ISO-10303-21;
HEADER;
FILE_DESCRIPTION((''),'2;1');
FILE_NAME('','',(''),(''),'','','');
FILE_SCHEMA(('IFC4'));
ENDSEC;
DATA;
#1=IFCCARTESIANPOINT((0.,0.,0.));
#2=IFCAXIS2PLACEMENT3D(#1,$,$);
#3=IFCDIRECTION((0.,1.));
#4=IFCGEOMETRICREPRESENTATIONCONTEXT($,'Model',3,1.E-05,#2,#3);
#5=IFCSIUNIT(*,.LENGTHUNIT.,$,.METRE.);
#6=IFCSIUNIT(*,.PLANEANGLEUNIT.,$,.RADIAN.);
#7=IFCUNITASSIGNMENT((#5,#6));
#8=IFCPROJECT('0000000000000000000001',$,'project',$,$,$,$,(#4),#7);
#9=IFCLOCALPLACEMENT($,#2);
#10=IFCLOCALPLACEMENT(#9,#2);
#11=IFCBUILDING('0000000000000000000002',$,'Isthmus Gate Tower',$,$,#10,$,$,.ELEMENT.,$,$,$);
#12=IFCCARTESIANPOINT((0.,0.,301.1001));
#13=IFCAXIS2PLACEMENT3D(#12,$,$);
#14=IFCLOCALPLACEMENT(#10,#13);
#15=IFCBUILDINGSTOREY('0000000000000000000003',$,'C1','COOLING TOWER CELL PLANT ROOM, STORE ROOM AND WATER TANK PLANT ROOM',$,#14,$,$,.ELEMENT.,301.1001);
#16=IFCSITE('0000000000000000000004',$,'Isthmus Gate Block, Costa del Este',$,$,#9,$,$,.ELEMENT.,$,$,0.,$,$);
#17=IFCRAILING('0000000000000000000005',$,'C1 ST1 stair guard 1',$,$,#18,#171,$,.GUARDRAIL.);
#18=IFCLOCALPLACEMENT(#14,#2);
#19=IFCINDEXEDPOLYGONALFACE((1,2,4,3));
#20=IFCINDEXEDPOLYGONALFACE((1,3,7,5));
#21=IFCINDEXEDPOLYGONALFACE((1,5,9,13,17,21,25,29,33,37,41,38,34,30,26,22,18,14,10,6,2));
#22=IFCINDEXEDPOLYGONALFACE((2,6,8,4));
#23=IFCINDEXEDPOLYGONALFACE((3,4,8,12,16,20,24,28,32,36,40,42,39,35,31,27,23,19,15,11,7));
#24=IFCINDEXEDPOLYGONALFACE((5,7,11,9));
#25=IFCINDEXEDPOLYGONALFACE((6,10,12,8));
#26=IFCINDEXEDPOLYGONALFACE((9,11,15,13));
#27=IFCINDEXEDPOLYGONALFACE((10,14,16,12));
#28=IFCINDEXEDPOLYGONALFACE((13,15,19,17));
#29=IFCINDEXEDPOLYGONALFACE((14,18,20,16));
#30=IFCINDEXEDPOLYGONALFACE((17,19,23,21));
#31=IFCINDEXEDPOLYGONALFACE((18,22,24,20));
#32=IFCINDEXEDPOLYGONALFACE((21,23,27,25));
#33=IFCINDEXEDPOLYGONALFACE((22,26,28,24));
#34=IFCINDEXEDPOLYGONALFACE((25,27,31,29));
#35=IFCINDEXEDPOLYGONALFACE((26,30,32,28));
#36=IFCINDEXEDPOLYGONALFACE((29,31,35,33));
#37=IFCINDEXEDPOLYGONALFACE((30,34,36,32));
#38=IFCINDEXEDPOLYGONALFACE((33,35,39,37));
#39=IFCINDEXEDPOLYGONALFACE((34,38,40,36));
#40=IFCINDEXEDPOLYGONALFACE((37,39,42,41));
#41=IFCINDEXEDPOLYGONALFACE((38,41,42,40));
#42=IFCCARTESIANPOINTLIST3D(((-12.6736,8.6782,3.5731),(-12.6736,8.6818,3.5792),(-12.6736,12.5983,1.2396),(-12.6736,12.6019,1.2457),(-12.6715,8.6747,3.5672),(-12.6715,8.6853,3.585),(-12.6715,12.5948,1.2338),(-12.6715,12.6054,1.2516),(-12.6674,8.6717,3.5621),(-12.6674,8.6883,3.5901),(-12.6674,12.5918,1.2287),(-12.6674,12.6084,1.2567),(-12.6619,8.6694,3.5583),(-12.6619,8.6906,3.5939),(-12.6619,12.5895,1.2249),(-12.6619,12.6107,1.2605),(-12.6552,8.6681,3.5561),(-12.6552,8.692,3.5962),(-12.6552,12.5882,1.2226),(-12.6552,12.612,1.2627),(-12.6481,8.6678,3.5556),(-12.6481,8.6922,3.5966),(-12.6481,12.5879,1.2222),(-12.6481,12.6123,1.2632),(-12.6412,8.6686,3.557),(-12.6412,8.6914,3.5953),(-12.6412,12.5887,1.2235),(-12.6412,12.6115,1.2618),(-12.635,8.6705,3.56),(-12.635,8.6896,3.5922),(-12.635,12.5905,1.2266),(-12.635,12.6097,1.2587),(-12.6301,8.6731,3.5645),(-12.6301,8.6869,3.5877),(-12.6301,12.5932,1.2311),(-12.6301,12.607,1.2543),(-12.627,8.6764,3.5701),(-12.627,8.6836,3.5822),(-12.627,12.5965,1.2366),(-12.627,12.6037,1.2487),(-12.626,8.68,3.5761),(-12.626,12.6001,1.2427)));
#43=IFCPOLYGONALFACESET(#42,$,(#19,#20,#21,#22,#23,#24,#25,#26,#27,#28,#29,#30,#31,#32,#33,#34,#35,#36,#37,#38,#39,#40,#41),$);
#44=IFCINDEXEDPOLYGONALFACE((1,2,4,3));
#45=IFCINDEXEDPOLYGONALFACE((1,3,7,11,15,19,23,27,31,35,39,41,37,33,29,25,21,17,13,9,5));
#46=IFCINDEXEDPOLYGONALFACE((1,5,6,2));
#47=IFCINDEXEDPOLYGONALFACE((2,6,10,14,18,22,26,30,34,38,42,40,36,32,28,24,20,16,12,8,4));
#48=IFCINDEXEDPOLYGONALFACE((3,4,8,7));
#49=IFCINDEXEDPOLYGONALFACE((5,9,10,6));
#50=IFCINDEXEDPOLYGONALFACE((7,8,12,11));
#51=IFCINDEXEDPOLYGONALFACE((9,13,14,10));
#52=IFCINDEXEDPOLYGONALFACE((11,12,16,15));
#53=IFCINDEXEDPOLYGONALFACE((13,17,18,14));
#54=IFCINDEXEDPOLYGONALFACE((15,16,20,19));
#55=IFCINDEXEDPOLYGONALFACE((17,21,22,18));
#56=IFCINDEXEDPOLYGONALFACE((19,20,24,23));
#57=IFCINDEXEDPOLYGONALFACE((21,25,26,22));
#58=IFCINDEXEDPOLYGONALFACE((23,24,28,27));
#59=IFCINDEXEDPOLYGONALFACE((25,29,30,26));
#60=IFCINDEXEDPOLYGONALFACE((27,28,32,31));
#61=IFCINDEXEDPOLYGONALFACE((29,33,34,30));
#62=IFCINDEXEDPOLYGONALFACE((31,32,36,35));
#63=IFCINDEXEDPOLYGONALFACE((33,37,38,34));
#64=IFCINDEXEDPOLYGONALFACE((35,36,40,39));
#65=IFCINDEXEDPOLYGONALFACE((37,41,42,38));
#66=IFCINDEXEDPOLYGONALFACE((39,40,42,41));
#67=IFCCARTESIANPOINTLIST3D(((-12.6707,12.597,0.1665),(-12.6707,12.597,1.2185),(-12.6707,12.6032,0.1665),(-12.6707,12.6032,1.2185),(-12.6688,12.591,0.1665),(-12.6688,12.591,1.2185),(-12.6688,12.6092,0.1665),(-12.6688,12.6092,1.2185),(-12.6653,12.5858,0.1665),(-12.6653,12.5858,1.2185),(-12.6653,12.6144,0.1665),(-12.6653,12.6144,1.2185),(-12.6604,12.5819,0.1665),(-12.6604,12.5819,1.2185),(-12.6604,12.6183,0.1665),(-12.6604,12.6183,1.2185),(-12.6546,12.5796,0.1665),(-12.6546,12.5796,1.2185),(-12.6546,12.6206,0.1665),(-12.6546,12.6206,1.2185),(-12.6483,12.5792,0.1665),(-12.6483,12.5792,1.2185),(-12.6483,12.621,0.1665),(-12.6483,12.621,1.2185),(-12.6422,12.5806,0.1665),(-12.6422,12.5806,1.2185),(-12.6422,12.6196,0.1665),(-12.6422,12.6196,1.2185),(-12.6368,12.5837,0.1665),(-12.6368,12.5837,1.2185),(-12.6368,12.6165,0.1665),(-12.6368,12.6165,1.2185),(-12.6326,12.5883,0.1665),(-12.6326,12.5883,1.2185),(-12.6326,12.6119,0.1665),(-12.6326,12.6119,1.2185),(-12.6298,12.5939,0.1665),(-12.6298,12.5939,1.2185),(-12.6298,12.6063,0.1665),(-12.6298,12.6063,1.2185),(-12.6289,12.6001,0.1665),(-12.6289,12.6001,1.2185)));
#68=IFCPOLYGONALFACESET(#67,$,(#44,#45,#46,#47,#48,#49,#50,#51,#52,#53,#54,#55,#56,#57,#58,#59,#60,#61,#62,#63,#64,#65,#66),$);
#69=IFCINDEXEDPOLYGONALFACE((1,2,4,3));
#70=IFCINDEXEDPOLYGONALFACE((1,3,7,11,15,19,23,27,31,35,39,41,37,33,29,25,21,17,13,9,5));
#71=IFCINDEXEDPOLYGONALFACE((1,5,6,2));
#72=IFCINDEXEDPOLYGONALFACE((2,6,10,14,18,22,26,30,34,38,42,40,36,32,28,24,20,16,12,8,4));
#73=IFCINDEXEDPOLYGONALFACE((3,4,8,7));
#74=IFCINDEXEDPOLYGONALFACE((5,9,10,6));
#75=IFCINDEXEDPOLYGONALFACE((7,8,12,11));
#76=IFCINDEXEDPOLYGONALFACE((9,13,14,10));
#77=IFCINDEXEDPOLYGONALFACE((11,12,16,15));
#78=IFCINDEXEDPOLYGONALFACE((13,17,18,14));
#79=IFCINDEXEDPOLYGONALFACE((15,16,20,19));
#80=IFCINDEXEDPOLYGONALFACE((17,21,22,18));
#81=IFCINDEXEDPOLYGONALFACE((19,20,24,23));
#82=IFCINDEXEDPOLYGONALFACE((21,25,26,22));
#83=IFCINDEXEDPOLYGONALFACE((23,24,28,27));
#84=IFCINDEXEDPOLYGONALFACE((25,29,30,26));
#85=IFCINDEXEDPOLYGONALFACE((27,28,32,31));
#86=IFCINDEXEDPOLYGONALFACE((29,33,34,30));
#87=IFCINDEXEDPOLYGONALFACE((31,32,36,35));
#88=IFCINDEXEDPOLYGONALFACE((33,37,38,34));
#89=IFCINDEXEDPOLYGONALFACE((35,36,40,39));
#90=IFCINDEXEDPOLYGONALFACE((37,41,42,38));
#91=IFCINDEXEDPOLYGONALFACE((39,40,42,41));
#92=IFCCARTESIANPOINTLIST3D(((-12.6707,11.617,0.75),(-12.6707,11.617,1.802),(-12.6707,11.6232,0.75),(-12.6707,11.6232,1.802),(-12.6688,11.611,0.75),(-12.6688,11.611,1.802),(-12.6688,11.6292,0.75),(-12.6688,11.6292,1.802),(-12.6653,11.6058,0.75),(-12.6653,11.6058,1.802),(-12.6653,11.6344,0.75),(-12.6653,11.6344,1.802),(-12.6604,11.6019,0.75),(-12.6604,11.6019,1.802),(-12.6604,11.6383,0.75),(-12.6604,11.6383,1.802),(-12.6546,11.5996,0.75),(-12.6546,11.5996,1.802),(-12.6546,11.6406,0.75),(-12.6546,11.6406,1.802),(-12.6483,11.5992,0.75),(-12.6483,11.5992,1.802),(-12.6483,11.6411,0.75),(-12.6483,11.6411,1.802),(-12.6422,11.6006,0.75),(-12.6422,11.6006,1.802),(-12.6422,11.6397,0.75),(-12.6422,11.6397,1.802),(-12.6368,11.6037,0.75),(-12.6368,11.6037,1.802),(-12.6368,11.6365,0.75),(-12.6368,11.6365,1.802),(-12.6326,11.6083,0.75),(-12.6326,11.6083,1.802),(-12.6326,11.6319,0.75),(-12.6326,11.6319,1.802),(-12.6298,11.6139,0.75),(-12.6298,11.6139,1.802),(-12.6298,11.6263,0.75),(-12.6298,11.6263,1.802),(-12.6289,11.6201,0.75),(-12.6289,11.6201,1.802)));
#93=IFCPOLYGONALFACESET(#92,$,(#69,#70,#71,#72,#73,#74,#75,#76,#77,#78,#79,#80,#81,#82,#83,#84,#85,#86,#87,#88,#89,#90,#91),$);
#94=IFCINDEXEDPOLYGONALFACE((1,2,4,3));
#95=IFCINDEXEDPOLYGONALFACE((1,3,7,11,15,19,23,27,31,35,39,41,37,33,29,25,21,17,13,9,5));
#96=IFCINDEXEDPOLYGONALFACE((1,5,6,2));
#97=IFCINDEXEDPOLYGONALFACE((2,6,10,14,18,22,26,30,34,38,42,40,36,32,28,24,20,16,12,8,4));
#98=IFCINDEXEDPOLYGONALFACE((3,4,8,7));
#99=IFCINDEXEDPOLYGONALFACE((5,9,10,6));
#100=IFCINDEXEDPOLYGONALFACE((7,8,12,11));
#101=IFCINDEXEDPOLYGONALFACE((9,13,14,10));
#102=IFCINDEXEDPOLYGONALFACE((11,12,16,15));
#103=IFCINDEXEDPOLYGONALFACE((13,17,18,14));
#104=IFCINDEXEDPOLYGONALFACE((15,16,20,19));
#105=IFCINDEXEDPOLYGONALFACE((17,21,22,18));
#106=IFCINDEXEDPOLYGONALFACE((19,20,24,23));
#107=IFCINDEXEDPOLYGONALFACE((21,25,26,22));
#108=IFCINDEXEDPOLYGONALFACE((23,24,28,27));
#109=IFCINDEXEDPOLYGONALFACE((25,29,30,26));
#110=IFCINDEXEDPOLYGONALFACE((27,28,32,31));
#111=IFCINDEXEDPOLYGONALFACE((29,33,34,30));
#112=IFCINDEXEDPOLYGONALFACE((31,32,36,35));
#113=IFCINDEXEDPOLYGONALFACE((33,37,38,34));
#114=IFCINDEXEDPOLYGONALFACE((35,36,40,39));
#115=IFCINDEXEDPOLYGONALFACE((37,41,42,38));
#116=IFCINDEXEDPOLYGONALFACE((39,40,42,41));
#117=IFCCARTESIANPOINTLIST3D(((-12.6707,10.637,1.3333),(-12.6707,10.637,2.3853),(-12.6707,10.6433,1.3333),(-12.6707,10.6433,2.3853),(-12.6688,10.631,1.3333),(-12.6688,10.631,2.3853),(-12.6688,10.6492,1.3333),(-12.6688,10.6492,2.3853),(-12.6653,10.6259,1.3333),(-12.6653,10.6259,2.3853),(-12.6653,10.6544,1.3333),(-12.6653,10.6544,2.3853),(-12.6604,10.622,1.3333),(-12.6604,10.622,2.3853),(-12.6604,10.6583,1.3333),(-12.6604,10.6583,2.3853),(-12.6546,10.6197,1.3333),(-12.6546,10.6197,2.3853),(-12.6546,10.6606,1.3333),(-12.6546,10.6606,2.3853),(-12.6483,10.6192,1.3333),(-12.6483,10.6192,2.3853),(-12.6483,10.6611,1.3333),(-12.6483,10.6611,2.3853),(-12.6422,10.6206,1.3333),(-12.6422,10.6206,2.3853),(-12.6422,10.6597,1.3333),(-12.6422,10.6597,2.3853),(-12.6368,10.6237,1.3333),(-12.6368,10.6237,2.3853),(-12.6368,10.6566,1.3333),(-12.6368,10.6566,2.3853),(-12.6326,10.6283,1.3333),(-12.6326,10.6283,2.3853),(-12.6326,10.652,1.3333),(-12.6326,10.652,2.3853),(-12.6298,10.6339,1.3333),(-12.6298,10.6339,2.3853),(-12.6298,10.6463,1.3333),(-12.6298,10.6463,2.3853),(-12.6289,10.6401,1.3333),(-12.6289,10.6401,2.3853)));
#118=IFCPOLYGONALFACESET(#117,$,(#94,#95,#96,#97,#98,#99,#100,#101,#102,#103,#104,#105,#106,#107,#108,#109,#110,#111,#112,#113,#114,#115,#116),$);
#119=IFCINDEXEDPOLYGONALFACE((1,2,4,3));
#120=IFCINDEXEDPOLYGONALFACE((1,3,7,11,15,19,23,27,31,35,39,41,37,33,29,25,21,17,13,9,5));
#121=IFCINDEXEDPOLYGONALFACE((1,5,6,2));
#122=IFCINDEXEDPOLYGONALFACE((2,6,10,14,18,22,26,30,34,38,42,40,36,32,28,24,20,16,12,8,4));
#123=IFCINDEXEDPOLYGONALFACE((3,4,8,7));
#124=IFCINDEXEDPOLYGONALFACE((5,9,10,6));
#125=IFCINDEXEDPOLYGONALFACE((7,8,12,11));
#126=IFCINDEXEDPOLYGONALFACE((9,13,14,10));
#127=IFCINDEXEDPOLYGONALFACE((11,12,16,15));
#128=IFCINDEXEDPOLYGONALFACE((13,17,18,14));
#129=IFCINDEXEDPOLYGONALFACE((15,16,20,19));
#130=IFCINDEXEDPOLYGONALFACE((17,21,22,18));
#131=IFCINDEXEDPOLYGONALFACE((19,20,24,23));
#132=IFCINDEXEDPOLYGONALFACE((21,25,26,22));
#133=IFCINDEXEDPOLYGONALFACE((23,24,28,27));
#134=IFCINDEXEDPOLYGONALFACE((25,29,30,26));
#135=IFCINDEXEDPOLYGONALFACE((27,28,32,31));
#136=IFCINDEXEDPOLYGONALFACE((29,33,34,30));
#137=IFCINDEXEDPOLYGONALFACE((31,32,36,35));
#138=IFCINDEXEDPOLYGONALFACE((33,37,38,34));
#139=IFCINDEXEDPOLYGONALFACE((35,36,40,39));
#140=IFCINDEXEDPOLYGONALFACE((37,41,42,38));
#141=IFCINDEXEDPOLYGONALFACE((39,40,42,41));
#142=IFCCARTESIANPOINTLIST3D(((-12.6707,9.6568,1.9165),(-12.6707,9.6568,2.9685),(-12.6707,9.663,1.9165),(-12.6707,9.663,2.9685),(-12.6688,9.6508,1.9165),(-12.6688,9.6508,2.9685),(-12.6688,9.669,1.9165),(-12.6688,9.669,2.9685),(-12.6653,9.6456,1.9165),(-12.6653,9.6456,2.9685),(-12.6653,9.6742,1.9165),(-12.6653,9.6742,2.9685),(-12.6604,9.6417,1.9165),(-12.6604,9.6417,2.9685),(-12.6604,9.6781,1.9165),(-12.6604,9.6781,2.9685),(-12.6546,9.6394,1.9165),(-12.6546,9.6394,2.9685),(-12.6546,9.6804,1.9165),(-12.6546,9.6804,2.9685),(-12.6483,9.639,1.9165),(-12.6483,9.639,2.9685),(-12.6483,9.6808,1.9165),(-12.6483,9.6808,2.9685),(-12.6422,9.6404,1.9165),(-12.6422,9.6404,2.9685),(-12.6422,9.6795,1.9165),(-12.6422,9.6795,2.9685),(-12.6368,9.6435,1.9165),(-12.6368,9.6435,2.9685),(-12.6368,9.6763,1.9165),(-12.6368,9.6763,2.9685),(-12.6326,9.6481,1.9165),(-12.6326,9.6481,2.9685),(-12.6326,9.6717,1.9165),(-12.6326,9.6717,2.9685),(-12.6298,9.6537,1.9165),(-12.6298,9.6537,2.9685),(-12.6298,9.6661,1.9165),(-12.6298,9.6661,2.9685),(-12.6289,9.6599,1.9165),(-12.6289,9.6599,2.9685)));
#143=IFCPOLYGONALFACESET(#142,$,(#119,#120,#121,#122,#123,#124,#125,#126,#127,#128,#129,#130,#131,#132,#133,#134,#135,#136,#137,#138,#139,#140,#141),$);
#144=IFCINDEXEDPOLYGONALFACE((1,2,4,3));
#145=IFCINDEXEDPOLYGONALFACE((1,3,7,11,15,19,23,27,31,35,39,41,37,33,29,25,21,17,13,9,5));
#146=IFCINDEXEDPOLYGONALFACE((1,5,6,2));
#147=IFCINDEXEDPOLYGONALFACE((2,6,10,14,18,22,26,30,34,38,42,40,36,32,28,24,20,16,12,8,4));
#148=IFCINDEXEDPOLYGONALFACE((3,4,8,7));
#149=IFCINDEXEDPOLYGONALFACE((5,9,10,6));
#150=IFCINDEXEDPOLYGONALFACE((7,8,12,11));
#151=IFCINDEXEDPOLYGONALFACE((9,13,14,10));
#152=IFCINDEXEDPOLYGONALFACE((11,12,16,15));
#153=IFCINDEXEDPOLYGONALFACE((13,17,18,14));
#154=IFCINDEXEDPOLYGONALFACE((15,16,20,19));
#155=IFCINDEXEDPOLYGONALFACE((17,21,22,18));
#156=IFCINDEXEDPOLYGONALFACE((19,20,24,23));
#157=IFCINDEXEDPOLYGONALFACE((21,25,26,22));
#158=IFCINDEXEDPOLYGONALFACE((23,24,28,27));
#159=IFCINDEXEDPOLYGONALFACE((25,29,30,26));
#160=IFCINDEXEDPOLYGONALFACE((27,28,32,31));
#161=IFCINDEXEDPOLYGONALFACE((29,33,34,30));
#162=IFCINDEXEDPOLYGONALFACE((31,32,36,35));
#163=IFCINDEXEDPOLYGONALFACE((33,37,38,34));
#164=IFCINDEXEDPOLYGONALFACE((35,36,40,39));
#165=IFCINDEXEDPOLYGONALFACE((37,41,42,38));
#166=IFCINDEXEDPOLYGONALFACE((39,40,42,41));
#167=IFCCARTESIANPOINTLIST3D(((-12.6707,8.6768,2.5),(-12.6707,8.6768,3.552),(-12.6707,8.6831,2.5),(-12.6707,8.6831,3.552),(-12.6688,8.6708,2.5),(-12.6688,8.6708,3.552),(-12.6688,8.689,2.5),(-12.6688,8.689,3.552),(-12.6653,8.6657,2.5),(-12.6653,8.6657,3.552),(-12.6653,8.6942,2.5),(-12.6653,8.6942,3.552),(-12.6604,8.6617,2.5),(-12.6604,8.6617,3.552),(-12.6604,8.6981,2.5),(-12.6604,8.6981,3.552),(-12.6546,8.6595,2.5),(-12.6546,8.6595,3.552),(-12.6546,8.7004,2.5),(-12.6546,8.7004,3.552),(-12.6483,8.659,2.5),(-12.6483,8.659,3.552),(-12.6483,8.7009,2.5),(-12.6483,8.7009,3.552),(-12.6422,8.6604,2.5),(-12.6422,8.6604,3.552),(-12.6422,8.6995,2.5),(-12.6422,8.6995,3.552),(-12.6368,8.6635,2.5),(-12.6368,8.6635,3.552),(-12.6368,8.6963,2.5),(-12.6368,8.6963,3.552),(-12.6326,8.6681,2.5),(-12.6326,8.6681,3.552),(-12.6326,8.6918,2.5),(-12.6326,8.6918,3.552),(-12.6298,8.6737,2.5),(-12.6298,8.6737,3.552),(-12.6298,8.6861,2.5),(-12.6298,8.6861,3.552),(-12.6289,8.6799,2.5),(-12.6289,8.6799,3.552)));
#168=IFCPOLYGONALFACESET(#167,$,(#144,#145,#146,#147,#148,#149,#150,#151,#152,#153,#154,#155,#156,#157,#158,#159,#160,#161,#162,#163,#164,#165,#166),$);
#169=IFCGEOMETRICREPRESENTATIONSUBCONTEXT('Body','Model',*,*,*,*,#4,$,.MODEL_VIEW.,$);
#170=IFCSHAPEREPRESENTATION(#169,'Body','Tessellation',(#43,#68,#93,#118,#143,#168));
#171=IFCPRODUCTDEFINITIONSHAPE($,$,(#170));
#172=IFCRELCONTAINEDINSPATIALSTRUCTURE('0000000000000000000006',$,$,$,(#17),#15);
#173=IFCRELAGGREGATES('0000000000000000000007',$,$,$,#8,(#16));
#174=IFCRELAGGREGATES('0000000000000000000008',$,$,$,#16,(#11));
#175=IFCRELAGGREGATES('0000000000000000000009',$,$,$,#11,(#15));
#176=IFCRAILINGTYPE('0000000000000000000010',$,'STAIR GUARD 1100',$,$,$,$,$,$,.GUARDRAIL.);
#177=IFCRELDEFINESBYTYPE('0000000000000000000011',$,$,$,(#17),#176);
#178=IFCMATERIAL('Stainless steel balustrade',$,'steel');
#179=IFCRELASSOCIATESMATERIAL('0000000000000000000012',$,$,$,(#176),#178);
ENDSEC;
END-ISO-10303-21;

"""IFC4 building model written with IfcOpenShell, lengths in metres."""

from ifc_helpers import new_model, si_unit, direction, frame, origin, origin_2d, place, context, subcontext, project, spatial, circle, extrude, material, type_object, element, save


model = new_model("IFC4")

# Units and contexts
model_context = context("Model", 3, precision=1e-05, world=origin(), true_north=direction((0.0, 1.0)))
body_context = subcontext(model_context, "Body", "Model", "MODEL_VIEW")
ifc_project = project(units=[si_unit("LENGTHUNIT", "METRE"), si_unit("PLANEANGLEUNIT", "RADIAN")], contexts=[model_context])

# Site, building, storey
site_placement = place(None, origin())
site = spatial("IfcSite", under=ifc_project, at=site_placement, Name="Isthmus Gate Block, Costa del Este", CompositionType="ELEMENT", RefElevation=0.0)
building_placement = place(site_placement, origin())
building = spatial("IfcBuilding", under=site, at=building_placement, Name="Isthmus Gate Tower", CompositionType="ELEMENT")
storey_placement = place(building_placement, frame((0.0, 0.0, 301.1001)))
storey = spatial("IfcBuildingStorey", under=building, at=storey_placement, Name="C1", Description="COOLING TOWER CELL PLANT ROOM, STORE ROOM AND WATER TANK PLANT ROOM", CompositionType="ELEMENT", Elevation=301.1001)

# Railing
ifc_material_1 = material(Name="Stainless steel balustrade", Category="steel")
railing_type_1 = type_object("IfcRailingType", Name="STAIR GUARD 1100", PredefinedType="GUARDRAIL", material=ifc_material_1)
railing_1_placement = place(storey_placement, frame((-12.6499, 12.6001, 0.1665)))
element("IfcRailing", 1, at=railing_1_placement, inside=storey, type_object=railing_type_1, Name="C1 ST1 stair guard 1", PredefinedType="GUARDRAIL", context=body_context, shape_type="SweptSolid", body=[
    extrude(circle(Radius=0.0239, at=origin_2d()), frame((0.0, 0.0, 1.0762), z_axis=(0.0, -0.859287, 0.511494), x_axis=(1.0, 0.0, 0.0)), (0.0, 0.0, 1.0), 4.562),
    extrude(circle(Radius=0.021, at=origin_2d()), origin(), (0.0, 0.0, 1.0), 1.052),
    extrude(circle(Radius=0.021, at=origin_2d()), frame((0.0, -0.98, 0.5835)), (0.0, 0.0, 1.0), 1.052),
    extrude(circle(Radius=0.021, at=origin_2d()), frame((0.0, -1.96, 1.1667)), (0.0, 0.0, 1.0), 1.052),
    extrude(circle(Radius=0.021, at=origin_2d()), frame((0.0, -2.9402, 1.75)), (0.0, 0.0, 1.0), 1.052),
    extrude(circle(Radius=0.021, at=origin_2d()), frame((0.0, -3.9202, 2.3335)), (0.0, 0.0, 1.0), 1.052),
])

save(model, "model.ifc")
